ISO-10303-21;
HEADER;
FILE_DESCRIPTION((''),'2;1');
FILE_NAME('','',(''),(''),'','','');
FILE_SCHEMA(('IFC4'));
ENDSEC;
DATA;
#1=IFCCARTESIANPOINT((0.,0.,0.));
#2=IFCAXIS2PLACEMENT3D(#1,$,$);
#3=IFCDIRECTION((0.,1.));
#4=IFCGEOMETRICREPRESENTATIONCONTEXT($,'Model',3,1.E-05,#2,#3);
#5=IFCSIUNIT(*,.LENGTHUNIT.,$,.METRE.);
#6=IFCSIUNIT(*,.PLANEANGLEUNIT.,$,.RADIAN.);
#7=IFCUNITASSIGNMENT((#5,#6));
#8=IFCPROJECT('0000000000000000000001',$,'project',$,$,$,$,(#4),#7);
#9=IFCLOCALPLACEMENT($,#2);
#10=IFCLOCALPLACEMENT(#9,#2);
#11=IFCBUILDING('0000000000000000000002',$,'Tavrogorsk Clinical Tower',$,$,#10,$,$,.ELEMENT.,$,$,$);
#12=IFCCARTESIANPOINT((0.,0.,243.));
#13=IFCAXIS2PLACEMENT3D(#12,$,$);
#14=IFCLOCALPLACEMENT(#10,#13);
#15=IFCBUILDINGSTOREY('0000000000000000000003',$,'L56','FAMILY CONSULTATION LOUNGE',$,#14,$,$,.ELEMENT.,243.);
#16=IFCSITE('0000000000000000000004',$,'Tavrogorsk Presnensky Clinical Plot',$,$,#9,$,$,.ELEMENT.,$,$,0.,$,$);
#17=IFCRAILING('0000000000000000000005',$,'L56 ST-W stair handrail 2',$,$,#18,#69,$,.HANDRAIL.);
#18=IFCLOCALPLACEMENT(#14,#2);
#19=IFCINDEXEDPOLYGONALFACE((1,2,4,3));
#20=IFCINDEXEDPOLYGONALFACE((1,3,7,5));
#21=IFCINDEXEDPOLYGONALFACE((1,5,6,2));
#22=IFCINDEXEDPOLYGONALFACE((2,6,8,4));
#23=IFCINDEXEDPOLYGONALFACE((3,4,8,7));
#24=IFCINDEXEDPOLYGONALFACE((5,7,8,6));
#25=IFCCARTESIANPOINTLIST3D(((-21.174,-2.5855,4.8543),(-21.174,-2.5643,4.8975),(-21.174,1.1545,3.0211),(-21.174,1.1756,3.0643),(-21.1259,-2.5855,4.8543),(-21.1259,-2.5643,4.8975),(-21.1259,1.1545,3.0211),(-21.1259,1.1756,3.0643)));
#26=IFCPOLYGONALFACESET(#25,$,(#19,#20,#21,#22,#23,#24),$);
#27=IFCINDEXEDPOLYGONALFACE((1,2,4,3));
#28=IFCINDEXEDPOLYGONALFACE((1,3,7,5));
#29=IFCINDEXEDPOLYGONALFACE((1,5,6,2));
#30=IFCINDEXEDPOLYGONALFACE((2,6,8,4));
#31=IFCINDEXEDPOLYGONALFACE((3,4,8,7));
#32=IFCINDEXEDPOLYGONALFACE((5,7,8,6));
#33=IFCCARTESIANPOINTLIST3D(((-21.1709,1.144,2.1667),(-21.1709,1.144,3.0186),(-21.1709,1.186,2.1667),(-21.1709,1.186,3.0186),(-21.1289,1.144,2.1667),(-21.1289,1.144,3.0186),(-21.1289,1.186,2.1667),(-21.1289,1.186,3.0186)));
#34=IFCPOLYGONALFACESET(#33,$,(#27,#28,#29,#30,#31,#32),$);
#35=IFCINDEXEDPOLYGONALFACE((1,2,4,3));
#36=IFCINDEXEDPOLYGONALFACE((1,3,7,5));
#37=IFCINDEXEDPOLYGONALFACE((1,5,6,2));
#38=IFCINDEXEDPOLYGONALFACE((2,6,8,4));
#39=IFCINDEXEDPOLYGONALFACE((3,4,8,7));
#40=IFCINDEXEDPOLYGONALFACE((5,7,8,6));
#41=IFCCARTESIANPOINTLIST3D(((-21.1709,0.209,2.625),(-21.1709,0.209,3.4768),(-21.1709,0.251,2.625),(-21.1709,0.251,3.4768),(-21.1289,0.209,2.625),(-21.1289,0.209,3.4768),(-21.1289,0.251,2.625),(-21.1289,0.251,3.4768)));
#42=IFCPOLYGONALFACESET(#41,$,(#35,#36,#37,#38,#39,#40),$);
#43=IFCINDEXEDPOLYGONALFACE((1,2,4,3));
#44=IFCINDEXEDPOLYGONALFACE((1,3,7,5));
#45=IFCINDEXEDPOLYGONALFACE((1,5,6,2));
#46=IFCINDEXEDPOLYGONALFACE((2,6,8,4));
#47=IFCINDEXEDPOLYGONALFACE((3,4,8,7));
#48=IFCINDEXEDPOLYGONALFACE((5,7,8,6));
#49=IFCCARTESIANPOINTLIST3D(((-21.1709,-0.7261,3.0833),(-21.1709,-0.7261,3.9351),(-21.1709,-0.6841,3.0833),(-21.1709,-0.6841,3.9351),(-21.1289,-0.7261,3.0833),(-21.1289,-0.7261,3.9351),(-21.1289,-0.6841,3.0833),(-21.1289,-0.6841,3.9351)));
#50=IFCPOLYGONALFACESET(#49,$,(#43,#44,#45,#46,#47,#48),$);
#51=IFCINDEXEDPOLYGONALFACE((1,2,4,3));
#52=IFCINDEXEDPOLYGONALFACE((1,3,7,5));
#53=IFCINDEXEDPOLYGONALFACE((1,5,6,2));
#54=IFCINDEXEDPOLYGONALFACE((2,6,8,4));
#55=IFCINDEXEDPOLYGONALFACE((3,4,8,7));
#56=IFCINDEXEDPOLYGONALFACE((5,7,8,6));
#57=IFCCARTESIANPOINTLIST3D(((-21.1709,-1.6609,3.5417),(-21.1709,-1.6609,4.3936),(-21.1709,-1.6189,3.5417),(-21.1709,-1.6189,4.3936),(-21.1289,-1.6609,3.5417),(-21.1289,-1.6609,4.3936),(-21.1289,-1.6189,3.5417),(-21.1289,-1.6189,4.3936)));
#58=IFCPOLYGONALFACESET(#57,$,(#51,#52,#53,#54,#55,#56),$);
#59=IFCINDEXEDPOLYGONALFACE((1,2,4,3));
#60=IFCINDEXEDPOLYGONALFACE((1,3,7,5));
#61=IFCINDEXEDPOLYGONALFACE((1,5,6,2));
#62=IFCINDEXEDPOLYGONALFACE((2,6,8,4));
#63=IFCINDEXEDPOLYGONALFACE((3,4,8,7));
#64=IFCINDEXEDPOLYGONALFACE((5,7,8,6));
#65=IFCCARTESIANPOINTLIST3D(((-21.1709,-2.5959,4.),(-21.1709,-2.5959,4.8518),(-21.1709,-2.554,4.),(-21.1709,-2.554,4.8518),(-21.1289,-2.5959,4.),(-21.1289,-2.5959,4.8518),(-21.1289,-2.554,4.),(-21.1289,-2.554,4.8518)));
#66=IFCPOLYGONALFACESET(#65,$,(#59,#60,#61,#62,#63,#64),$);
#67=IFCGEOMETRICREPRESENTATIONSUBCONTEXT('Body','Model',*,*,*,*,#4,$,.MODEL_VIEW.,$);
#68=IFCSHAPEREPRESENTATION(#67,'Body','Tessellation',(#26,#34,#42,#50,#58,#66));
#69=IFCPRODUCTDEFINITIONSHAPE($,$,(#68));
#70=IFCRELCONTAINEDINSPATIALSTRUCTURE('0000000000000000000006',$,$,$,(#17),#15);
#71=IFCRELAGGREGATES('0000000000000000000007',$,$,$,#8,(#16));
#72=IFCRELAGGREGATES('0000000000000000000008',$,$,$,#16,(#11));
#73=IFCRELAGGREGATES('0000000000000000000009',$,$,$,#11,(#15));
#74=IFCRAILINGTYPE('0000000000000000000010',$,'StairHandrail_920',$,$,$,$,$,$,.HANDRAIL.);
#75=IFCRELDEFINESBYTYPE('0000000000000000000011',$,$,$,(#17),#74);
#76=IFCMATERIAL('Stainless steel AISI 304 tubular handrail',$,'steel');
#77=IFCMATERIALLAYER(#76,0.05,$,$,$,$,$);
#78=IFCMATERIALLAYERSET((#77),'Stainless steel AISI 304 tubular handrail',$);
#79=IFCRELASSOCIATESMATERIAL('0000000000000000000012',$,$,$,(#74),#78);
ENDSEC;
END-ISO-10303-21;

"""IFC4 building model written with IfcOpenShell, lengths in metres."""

from ifc_helpers import new_model, si_unit, direction, frame, origin, origin_2d, place, context, subcontext, project, spatial, rectangle, extrude, material, layer, layer_set, type_object, element, save


model = new_model("IFC4")

# Units and contexts
model_context = context("Model", 3, precision=1e-05, world=origin(), true_north=direction((0.0, 1.0)))
body_context = subcontext(model_context, "Body", "Model", "MODEL_VIEW")
ifc_project = project(units=[si_unit("LENGTHUNIT", "METRE"), si_unit("PLANEANGLEUNIT", "RADIAN")], contexts=[model_context])

# Site, building, storey
site_placement = place(None, origin())
site = spatial("IfcSite", under=ifc_project, at=site_placement, Name="Tavrogorsk Presnensky Clinical Plot", CompositionType="ELEMENT", RefElevation=0.0)
building_placement = place(site_placement, origin())
building = spatial("IfcBuilding", under=site, at=building_placement, Name="Tavrogorsk Clinical Tower", CompositionType="ELEMENT")
storey_placement = place(building_placement, frame((0.0, 0.0, 243.0)))
storey = spatial("IfcBuildingStorey", under=building, at=storey_placement, Name="L56", Description="FAMILY CONSULTATION LOUNGE", CompositionType="ELEMENT", Elevation=243.0)

# Railing
ifc_material_1 = material(Name="Stainless steel AISI 304 tubular handrail", Category="steel")
ifc_layer_1 = layer(ifc_material_1, 0.05)
ifc_layer_set_1 = layer_set([ifc_layer_1], Name="Stainless steel AISI 304 tubular handrail")
railing_type_1 = type_object("IfcRailingType", Name="StairHandrail_920", PredefinedType="HANDRAIL", material=ifc_layer_set_1)
railing_1_placement = place(storey_placement, frame((-21.1499, 1.165, 2.1667)))
element("IfcRailing", 1, at=railing_1_placement, inside=storey, type_object=railing_type_1, Name="L56 ST-W stair handrail 2", PredefinedType="HANDRAIL", context=body_context, shape_type="SweptSolid", body=[
    extrude(rectangle(XDim=0.0481, YDim=0.0481, at=origin_2d()), frame((0.0, 0.0, 0.876), z_axis=(0.0, -0.897928, 0.440142), x_axis=(1.0, 0.0, 0.0)), (0.0, 0.0, 1.0), 4.165),
    extrude(rectangle(XDim=0.042, YDim=0.042, at=origin_2d()), origin(), (0.0, 0.0, 1.0), 0.8518),
    extrude(rectangle(XDim=0.042, YDim=0.042, at=origin_2d()), frame((0.0, -0.9351, 0.4583)), (0.0, 0.0, 1.0), 0.8518),
    extrude(rectangle(XDim=0.042, YDim=0.042, at=origin_2d()), frame((0.0, -1.8701, 0.9165)), (0.0, 0.0, 1.0), 0.8518),
    extrude(rectangle(XDim=0.042, YDim=0.042, at=origin_2d()), frame((0.0, -2.8049, 1.375)), (0.0, 0.0, 1.0), 0.8518),
    extrude(rectangle(XDim=0.042, YDim=0.042, at=origin_2d()), frame((0.0, -3.74, 1.8333)), (0.0, 0.0, 1.0), 0.8518),
])

save(model, "model.ifc")
